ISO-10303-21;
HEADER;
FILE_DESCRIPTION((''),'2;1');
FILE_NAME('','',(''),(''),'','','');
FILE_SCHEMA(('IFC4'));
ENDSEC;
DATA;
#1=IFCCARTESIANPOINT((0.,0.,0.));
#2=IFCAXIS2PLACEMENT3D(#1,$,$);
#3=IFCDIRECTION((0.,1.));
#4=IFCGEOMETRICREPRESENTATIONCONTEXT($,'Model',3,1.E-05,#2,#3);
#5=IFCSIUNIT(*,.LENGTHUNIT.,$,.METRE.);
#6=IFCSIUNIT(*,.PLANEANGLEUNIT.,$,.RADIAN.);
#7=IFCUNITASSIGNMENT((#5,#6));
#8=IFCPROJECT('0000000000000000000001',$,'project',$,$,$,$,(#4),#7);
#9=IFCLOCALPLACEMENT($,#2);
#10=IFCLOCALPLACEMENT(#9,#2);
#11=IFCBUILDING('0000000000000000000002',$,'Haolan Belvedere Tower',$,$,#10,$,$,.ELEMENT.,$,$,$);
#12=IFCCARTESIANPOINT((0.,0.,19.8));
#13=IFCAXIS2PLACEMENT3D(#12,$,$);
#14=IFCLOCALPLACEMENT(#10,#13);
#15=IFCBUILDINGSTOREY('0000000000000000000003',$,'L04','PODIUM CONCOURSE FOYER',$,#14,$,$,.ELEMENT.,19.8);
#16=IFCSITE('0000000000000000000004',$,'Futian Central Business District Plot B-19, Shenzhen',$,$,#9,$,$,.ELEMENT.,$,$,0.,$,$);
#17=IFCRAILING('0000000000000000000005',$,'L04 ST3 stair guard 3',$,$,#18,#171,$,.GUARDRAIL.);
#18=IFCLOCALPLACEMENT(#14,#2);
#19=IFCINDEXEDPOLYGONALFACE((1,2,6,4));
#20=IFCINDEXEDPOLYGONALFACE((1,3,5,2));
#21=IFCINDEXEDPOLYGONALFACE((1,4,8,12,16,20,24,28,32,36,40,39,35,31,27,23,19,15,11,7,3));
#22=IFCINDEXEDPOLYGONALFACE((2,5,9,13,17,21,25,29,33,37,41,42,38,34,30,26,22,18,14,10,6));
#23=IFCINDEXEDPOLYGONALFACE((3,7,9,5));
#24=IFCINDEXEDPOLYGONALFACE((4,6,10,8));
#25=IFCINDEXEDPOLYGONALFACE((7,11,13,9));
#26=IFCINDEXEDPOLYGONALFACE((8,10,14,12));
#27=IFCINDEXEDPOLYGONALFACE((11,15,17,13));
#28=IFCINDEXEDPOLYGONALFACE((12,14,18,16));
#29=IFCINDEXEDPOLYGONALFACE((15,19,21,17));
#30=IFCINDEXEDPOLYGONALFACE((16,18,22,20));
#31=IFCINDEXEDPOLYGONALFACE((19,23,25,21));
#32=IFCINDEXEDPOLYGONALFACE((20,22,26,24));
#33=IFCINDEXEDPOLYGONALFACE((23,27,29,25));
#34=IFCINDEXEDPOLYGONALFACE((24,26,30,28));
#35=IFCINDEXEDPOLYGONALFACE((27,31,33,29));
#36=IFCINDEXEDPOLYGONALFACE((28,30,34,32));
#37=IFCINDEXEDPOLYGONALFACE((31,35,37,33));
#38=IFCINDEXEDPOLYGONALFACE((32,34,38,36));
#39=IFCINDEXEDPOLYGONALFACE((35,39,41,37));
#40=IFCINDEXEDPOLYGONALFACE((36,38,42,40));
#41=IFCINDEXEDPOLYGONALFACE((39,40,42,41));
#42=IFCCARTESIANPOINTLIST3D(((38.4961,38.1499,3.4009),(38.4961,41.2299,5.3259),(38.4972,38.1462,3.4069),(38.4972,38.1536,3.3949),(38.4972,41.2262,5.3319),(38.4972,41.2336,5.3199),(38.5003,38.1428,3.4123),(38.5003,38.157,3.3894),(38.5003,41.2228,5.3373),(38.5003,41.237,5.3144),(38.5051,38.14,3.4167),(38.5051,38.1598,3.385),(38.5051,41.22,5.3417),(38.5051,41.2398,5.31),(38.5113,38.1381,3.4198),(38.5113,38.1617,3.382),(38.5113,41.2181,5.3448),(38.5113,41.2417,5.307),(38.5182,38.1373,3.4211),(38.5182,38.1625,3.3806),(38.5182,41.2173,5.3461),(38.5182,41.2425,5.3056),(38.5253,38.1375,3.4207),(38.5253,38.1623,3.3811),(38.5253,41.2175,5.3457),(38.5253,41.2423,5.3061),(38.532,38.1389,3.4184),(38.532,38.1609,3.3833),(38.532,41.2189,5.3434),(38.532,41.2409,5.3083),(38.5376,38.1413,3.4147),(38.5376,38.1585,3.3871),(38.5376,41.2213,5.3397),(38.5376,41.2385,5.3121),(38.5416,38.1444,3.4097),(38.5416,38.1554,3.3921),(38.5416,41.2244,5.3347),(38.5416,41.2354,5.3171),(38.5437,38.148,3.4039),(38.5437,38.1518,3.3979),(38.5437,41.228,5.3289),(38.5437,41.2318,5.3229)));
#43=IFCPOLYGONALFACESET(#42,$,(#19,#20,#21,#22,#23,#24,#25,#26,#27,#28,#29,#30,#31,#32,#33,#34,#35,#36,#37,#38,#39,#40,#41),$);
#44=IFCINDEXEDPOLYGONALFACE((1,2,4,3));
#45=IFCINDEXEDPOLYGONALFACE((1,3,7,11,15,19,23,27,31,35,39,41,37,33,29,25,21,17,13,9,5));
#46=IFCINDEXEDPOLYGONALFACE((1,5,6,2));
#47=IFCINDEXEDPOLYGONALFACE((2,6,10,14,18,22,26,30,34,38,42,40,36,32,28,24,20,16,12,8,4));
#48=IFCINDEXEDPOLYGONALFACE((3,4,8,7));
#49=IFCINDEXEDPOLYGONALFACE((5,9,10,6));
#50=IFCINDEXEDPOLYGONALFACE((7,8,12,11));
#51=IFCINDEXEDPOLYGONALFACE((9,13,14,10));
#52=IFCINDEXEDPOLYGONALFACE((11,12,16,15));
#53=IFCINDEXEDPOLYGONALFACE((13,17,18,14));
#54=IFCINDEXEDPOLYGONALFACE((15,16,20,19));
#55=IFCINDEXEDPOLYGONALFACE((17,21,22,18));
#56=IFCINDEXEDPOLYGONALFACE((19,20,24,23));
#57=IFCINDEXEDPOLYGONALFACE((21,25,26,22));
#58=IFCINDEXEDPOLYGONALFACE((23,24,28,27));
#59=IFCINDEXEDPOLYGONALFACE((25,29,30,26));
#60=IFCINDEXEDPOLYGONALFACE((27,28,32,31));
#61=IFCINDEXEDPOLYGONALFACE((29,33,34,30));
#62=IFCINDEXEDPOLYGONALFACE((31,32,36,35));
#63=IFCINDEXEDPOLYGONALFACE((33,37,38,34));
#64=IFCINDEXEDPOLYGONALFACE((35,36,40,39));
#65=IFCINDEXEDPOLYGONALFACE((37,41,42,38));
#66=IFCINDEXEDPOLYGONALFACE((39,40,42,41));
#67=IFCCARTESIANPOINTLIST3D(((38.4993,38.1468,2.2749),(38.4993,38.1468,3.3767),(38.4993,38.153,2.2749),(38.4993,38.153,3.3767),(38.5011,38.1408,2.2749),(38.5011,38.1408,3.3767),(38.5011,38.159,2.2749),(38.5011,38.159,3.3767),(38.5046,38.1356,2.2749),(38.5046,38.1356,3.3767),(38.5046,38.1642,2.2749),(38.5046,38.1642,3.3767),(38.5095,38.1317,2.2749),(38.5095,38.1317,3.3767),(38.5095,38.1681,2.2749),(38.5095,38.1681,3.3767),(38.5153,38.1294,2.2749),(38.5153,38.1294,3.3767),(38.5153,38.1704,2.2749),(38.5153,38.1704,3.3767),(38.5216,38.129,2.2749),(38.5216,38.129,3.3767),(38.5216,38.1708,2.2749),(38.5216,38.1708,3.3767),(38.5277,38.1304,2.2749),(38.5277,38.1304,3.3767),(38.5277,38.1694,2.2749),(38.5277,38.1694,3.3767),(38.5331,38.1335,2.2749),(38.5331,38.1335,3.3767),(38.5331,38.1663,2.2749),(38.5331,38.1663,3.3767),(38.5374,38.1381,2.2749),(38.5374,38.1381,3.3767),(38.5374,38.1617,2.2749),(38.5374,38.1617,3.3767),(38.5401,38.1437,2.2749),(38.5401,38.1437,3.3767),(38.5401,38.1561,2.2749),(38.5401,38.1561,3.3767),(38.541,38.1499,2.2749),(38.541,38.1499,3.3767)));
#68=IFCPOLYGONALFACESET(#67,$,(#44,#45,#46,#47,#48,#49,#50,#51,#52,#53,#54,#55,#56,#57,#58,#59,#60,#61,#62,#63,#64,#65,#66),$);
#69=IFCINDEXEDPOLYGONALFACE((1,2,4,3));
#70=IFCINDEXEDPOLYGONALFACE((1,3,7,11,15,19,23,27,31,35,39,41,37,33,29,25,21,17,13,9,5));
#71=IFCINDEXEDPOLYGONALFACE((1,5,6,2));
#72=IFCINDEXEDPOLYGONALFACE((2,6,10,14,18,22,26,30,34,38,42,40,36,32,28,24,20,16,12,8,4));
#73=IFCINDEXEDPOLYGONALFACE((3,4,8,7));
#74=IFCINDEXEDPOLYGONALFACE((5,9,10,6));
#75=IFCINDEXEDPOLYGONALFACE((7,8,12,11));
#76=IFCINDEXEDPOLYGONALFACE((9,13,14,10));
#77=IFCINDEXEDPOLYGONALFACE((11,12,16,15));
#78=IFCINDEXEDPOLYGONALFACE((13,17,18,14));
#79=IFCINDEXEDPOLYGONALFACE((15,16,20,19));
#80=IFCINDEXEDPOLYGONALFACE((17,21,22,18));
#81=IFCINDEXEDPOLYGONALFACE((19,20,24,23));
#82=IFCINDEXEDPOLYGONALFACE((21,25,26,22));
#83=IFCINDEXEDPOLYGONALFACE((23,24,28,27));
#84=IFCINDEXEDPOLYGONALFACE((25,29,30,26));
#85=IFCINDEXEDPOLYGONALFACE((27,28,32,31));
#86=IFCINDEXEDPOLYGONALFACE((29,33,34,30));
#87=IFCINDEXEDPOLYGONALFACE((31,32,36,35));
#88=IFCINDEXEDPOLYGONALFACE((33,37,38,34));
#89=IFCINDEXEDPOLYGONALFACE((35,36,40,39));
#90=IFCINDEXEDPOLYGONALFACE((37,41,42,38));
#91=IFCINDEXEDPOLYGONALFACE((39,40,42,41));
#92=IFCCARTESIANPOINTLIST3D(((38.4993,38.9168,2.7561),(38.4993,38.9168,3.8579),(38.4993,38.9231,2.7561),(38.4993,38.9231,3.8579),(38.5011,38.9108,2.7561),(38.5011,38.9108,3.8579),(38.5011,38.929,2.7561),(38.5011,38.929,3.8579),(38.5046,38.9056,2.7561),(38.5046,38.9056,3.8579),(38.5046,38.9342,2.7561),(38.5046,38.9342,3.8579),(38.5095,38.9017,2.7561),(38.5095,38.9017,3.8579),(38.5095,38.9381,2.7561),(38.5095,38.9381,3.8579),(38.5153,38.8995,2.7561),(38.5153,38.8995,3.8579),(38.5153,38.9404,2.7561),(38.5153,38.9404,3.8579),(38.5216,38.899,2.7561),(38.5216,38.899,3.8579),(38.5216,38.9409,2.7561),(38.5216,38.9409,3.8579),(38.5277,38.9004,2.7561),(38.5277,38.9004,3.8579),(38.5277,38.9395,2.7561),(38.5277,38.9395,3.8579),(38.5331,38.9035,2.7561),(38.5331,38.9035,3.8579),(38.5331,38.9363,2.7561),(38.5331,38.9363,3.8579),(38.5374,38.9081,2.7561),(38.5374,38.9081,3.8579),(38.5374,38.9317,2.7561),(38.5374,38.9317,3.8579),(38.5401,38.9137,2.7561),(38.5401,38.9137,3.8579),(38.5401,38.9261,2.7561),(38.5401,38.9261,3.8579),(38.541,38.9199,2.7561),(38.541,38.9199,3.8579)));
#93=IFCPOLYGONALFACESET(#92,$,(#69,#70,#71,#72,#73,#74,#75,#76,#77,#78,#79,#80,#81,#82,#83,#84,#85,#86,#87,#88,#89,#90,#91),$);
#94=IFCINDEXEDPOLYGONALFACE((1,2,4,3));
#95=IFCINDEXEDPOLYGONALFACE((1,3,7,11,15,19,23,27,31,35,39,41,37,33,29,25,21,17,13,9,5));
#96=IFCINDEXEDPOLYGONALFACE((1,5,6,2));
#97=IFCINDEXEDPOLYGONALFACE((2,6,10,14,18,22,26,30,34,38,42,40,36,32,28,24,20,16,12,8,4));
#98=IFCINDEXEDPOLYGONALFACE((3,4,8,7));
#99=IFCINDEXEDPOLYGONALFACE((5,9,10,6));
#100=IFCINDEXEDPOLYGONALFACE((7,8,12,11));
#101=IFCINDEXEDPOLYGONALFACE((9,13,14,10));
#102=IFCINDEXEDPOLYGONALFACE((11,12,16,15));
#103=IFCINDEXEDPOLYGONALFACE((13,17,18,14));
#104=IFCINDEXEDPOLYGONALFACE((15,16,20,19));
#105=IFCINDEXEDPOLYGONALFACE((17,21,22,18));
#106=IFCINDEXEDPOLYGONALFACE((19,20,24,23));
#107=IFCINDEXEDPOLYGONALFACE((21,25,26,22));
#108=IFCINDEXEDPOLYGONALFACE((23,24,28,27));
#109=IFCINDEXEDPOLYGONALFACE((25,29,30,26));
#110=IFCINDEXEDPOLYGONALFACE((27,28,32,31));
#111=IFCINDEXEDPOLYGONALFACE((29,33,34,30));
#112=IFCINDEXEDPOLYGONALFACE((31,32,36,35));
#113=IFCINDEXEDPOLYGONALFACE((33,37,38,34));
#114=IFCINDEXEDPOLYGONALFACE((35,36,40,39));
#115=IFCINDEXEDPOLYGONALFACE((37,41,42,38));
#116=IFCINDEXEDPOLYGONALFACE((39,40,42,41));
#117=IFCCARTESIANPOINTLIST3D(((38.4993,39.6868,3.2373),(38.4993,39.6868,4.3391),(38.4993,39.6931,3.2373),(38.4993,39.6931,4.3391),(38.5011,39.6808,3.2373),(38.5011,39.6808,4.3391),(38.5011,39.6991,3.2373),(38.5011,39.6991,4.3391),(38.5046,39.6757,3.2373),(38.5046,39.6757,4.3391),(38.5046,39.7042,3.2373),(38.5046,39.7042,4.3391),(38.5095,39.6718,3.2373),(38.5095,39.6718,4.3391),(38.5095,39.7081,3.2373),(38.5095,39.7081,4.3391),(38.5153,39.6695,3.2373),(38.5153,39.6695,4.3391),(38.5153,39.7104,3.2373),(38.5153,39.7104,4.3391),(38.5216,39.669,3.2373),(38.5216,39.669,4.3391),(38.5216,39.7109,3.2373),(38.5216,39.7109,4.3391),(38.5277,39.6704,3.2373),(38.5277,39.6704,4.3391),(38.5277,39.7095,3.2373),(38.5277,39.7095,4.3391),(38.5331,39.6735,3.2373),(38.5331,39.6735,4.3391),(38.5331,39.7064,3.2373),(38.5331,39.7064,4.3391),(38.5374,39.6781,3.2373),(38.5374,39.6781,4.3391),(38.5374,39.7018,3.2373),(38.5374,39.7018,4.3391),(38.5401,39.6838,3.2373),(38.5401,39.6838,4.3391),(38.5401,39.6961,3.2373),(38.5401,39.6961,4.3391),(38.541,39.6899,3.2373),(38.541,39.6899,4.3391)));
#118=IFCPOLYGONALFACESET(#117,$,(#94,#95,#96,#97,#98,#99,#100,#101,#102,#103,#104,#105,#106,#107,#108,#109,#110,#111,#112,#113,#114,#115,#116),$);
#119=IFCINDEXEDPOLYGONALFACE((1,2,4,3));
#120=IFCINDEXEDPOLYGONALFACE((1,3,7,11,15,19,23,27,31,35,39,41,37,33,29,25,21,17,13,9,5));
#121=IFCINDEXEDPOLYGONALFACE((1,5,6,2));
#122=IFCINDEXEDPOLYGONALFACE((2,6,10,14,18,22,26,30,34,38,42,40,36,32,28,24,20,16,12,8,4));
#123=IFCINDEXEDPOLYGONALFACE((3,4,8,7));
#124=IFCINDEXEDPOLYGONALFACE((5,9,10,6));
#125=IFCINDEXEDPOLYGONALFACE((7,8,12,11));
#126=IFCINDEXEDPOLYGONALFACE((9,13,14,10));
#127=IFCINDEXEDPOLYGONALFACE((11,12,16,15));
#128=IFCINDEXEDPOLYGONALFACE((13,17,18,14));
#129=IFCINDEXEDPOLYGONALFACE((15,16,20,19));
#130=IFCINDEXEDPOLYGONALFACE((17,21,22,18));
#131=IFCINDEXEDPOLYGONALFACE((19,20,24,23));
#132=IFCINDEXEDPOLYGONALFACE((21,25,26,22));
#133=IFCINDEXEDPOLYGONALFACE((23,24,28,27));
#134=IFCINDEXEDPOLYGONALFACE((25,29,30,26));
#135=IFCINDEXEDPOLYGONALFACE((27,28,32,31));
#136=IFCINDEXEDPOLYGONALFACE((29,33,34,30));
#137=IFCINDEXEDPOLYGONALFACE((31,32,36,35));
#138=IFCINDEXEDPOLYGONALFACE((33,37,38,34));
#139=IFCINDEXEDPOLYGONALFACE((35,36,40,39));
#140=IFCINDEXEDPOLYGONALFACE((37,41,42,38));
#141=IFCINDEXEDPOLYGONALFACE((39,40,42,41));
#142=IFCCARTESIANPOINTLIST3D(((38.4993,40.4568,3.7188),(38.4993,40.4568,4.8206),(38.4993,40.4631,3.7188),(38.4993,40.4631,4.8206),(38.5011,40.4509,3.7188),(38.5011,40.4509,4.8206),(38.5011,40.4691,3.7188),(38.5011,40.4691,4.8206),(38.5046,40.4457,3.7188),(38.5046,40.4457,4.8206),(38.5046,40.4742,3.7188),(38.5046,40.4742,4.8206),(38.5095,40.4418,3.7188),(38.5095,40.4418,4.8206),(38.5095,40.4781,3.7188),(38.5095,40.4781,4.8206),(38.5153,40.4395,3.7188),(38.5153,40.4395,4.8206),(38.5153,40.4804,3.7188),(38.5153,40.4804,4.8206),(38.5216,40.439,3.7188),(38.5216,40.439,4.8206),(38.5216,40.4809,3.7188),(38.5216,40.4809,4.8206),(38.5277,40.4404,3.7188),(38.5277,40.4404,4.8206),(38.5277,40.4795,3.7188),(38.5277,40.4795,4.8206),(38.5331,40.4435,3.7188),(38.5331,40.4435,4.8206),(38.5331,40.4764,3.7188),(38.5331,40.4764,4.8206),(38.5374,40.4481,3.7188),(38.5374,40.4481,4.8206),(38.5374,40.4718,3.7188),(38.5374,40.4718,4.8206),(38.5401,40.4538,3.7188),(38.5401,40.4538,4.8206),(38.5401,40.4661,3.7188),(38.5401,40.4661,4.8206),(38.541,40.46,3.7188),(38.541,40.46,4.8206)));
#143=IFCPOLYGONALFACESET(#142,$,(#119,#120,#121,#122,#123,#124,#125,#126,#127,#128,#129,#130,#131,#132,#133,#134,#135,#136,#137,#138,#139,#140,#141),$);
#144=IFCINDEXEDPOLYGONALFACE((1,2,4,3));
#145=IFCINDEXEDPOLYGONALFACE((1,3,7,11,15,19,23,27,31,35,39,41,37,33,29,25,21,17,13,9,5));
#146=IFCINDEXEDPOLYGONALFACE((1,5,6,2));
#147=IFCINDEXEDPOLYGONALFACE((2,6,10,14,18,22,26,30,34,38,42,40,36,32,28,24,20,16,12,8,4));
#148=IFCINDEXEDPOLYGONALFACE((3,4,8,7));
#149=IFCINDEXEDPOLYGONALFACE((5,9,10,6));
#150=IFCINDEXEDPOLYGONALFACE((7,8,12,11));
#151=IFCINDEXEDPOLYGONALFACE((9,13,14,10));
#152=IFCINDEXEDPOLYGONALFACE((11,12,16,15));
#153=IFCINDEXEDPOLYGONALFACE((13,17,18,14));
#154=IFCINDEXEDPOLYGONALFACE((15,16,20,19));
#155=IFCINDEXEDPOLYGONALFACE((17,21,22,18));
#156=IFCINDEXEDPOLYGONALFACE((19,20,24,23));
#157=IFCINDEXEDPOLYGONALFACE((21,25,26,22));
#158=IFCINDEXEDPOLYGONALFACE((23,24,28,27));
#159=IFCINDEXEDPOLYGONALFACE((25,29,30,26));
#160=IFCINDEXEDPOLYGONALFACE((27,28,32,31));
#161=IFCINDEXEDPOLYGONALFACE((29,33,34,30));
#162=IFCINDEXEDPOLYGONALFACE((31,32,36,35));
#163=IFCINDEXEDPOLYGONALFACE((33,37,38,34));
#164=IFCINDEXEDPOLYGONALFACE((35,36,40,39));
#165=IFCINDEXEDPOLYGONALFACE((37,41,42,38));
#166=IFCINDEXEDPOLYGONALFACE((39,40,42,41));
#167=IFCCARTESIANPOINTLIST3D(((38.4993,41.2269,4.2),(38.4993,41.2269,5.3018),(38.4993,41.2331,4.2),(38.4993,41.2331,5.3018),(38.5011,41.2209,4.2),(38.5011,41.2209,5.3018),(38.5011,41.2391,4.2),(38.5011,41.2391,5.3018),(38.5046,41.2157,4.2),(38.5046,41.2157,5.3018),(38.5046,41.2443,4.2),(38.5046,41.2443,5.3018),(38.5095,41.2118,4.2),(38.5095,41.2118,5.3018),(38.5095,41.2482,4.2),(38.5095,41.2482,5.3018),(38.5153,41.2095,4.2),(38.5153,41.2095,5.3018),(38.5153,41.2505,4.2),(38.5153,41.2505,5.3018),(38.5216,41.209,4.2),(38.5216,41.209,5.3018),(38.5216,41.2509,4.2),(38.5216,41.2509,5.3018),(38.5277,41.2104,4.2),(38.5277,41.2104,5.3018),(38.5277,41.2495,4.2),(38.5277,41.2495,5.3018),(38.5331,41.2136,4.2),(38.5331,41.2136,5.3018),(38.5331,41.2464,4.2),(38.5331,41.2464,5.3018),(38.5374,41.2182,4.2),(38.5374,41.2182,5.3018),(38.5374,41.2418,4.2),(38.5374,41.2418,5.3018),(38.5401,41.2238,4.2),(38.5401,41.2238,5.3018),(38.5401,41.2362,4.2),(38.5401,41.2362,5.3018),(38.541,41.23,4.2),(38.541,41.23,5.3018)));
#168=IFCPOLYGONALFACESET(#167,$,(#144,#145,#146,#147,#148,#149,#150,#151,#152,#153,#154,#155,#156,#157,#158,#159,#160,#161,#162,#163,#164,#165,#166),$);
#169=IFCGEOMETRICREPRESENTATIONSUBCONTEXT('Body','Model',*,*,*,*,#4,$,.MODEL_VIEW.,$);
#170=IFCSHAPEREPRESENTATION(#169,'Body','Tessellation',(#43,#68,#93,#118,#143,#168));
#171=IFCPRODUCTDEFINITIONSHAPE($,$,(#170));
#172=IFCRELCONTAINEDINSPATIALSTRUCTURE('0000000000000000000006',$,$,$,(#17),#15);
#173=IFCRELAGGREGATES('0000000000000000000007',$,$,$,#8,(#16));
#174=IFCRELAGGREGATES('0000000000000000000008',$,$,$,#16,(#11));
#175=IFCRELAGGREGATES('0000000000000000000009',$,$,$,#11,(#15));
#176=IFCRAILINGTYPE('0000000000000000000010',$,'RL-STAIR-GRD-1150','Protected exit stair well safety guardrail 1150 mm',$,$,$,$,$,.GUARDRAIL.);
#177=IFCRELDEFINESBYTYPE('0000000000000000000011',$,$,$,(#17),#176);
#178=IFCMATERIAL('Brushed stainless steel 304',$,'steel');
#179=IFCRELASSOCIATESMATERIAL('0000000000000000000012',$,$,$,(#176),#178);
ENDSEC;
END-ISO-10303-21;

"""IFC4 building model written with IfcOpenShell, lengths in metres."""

from ifc_helpers import new_model, si_unit, direction, frame, origin, origin_2d, place, context, subcontext, project, spatial, circle, extrude, material, type_object, element, save


model = new_model("IFC4")

# Units and contexts
model_context = context("Model", 3, precision=1e-05, world=origin(), true_north=direction((0.0, 1.0)))
body_context = subcontext(model_context, "Body", "Model", "MODEL_VIEW")
ifc_project = project(units=[si_unit("LENGTHUNIT", "METRE"), si_unit("PLANEANGLEUNIT", "RADIAN")], contexts=[model_context])

# Site, building, storey
site_placement = place(None, origin())
site = spatial("IfcSite", under=ifc_project, at=site_placement, Name="Futian Central Business District Plot B-19, Shenzhen", CompositionType="ELEMENT", RefElevation=0.0)
building_placement = place(site_placement, origin())
building = spatial("IfcBuilding", under=site, at=building_placement, Name="Haolan Belvedere Tower", CompositionType="ELEMENT")
storey_placement = place(building_placement, frame((0.0, 0.0, 19.8)))
storey = spatial("IfcBuildingStorey", under=building, at=storey_placement, Name="L04", Description="PODIUM CONCOURSE FOYER", CompositionType="ELEMENT", Elevation=19.8)

# Railing
ifc_material_1 = material(Name="Brushed stainless steel 304", Category="steel")
railing_type_1 = type_object("IfcRailingType", Name="RL-STAIR-GRD-1150", Description="Protected exit stair well safety guardrail 1150 mm", PredefinedType="GUARDRAIL", material=ifc_material_1)
railing_1_placement = place(storey_placement, frame((38.52, 38.1499, 2.2749)))
element("IfcRailing", 1, at=railing_1_placement, inside=storey, type_object=railing_type_1, Name="L04 ST3 stair guard 3", PredefinedType="GUARDRAIL", context=body_context, shape_type="SweptSolid", body=[
    extrude(circle(Radius=0.0239, at=origin_2d()), frame((0.0, 0.0, 1.126), z_axis=(0.0, 0.847998, 0.529999), x_axis=(-1.0, 0.0, 0.0)), (0.0, 0.0, 1.0), 3.6321),
    extrude(circle(Radius=0.021, at=origin_2d()), origin(), (0.0, 0.0, 1.0), 1.1018),
    extrude(circle(Radius=0.021, at=origin_2d()), frame((0.0, 0.77, 0.4812)), (0.0, 0.0, 1.0), 1.1018),
    extrude(circle(Radius=0.021, at=origin_2d()), frame((0.0, 1.54, 0.9624)), (0.0, 0.0, 1.0), 1.1018),
    extrude(circle(Radius=0.021, at=origin_2d()), frame((0.0, 2.3101, 1.4438)), (0.0, 0.0, 1.0), 1.1018),
    extrude(circle(Radius=0.021, at=origin_2d()), frame((0.0, 3.0801, 1.925)), (0.0, 0.0, 1.0), 1.1018),
])

save(model, "model.ifc")
